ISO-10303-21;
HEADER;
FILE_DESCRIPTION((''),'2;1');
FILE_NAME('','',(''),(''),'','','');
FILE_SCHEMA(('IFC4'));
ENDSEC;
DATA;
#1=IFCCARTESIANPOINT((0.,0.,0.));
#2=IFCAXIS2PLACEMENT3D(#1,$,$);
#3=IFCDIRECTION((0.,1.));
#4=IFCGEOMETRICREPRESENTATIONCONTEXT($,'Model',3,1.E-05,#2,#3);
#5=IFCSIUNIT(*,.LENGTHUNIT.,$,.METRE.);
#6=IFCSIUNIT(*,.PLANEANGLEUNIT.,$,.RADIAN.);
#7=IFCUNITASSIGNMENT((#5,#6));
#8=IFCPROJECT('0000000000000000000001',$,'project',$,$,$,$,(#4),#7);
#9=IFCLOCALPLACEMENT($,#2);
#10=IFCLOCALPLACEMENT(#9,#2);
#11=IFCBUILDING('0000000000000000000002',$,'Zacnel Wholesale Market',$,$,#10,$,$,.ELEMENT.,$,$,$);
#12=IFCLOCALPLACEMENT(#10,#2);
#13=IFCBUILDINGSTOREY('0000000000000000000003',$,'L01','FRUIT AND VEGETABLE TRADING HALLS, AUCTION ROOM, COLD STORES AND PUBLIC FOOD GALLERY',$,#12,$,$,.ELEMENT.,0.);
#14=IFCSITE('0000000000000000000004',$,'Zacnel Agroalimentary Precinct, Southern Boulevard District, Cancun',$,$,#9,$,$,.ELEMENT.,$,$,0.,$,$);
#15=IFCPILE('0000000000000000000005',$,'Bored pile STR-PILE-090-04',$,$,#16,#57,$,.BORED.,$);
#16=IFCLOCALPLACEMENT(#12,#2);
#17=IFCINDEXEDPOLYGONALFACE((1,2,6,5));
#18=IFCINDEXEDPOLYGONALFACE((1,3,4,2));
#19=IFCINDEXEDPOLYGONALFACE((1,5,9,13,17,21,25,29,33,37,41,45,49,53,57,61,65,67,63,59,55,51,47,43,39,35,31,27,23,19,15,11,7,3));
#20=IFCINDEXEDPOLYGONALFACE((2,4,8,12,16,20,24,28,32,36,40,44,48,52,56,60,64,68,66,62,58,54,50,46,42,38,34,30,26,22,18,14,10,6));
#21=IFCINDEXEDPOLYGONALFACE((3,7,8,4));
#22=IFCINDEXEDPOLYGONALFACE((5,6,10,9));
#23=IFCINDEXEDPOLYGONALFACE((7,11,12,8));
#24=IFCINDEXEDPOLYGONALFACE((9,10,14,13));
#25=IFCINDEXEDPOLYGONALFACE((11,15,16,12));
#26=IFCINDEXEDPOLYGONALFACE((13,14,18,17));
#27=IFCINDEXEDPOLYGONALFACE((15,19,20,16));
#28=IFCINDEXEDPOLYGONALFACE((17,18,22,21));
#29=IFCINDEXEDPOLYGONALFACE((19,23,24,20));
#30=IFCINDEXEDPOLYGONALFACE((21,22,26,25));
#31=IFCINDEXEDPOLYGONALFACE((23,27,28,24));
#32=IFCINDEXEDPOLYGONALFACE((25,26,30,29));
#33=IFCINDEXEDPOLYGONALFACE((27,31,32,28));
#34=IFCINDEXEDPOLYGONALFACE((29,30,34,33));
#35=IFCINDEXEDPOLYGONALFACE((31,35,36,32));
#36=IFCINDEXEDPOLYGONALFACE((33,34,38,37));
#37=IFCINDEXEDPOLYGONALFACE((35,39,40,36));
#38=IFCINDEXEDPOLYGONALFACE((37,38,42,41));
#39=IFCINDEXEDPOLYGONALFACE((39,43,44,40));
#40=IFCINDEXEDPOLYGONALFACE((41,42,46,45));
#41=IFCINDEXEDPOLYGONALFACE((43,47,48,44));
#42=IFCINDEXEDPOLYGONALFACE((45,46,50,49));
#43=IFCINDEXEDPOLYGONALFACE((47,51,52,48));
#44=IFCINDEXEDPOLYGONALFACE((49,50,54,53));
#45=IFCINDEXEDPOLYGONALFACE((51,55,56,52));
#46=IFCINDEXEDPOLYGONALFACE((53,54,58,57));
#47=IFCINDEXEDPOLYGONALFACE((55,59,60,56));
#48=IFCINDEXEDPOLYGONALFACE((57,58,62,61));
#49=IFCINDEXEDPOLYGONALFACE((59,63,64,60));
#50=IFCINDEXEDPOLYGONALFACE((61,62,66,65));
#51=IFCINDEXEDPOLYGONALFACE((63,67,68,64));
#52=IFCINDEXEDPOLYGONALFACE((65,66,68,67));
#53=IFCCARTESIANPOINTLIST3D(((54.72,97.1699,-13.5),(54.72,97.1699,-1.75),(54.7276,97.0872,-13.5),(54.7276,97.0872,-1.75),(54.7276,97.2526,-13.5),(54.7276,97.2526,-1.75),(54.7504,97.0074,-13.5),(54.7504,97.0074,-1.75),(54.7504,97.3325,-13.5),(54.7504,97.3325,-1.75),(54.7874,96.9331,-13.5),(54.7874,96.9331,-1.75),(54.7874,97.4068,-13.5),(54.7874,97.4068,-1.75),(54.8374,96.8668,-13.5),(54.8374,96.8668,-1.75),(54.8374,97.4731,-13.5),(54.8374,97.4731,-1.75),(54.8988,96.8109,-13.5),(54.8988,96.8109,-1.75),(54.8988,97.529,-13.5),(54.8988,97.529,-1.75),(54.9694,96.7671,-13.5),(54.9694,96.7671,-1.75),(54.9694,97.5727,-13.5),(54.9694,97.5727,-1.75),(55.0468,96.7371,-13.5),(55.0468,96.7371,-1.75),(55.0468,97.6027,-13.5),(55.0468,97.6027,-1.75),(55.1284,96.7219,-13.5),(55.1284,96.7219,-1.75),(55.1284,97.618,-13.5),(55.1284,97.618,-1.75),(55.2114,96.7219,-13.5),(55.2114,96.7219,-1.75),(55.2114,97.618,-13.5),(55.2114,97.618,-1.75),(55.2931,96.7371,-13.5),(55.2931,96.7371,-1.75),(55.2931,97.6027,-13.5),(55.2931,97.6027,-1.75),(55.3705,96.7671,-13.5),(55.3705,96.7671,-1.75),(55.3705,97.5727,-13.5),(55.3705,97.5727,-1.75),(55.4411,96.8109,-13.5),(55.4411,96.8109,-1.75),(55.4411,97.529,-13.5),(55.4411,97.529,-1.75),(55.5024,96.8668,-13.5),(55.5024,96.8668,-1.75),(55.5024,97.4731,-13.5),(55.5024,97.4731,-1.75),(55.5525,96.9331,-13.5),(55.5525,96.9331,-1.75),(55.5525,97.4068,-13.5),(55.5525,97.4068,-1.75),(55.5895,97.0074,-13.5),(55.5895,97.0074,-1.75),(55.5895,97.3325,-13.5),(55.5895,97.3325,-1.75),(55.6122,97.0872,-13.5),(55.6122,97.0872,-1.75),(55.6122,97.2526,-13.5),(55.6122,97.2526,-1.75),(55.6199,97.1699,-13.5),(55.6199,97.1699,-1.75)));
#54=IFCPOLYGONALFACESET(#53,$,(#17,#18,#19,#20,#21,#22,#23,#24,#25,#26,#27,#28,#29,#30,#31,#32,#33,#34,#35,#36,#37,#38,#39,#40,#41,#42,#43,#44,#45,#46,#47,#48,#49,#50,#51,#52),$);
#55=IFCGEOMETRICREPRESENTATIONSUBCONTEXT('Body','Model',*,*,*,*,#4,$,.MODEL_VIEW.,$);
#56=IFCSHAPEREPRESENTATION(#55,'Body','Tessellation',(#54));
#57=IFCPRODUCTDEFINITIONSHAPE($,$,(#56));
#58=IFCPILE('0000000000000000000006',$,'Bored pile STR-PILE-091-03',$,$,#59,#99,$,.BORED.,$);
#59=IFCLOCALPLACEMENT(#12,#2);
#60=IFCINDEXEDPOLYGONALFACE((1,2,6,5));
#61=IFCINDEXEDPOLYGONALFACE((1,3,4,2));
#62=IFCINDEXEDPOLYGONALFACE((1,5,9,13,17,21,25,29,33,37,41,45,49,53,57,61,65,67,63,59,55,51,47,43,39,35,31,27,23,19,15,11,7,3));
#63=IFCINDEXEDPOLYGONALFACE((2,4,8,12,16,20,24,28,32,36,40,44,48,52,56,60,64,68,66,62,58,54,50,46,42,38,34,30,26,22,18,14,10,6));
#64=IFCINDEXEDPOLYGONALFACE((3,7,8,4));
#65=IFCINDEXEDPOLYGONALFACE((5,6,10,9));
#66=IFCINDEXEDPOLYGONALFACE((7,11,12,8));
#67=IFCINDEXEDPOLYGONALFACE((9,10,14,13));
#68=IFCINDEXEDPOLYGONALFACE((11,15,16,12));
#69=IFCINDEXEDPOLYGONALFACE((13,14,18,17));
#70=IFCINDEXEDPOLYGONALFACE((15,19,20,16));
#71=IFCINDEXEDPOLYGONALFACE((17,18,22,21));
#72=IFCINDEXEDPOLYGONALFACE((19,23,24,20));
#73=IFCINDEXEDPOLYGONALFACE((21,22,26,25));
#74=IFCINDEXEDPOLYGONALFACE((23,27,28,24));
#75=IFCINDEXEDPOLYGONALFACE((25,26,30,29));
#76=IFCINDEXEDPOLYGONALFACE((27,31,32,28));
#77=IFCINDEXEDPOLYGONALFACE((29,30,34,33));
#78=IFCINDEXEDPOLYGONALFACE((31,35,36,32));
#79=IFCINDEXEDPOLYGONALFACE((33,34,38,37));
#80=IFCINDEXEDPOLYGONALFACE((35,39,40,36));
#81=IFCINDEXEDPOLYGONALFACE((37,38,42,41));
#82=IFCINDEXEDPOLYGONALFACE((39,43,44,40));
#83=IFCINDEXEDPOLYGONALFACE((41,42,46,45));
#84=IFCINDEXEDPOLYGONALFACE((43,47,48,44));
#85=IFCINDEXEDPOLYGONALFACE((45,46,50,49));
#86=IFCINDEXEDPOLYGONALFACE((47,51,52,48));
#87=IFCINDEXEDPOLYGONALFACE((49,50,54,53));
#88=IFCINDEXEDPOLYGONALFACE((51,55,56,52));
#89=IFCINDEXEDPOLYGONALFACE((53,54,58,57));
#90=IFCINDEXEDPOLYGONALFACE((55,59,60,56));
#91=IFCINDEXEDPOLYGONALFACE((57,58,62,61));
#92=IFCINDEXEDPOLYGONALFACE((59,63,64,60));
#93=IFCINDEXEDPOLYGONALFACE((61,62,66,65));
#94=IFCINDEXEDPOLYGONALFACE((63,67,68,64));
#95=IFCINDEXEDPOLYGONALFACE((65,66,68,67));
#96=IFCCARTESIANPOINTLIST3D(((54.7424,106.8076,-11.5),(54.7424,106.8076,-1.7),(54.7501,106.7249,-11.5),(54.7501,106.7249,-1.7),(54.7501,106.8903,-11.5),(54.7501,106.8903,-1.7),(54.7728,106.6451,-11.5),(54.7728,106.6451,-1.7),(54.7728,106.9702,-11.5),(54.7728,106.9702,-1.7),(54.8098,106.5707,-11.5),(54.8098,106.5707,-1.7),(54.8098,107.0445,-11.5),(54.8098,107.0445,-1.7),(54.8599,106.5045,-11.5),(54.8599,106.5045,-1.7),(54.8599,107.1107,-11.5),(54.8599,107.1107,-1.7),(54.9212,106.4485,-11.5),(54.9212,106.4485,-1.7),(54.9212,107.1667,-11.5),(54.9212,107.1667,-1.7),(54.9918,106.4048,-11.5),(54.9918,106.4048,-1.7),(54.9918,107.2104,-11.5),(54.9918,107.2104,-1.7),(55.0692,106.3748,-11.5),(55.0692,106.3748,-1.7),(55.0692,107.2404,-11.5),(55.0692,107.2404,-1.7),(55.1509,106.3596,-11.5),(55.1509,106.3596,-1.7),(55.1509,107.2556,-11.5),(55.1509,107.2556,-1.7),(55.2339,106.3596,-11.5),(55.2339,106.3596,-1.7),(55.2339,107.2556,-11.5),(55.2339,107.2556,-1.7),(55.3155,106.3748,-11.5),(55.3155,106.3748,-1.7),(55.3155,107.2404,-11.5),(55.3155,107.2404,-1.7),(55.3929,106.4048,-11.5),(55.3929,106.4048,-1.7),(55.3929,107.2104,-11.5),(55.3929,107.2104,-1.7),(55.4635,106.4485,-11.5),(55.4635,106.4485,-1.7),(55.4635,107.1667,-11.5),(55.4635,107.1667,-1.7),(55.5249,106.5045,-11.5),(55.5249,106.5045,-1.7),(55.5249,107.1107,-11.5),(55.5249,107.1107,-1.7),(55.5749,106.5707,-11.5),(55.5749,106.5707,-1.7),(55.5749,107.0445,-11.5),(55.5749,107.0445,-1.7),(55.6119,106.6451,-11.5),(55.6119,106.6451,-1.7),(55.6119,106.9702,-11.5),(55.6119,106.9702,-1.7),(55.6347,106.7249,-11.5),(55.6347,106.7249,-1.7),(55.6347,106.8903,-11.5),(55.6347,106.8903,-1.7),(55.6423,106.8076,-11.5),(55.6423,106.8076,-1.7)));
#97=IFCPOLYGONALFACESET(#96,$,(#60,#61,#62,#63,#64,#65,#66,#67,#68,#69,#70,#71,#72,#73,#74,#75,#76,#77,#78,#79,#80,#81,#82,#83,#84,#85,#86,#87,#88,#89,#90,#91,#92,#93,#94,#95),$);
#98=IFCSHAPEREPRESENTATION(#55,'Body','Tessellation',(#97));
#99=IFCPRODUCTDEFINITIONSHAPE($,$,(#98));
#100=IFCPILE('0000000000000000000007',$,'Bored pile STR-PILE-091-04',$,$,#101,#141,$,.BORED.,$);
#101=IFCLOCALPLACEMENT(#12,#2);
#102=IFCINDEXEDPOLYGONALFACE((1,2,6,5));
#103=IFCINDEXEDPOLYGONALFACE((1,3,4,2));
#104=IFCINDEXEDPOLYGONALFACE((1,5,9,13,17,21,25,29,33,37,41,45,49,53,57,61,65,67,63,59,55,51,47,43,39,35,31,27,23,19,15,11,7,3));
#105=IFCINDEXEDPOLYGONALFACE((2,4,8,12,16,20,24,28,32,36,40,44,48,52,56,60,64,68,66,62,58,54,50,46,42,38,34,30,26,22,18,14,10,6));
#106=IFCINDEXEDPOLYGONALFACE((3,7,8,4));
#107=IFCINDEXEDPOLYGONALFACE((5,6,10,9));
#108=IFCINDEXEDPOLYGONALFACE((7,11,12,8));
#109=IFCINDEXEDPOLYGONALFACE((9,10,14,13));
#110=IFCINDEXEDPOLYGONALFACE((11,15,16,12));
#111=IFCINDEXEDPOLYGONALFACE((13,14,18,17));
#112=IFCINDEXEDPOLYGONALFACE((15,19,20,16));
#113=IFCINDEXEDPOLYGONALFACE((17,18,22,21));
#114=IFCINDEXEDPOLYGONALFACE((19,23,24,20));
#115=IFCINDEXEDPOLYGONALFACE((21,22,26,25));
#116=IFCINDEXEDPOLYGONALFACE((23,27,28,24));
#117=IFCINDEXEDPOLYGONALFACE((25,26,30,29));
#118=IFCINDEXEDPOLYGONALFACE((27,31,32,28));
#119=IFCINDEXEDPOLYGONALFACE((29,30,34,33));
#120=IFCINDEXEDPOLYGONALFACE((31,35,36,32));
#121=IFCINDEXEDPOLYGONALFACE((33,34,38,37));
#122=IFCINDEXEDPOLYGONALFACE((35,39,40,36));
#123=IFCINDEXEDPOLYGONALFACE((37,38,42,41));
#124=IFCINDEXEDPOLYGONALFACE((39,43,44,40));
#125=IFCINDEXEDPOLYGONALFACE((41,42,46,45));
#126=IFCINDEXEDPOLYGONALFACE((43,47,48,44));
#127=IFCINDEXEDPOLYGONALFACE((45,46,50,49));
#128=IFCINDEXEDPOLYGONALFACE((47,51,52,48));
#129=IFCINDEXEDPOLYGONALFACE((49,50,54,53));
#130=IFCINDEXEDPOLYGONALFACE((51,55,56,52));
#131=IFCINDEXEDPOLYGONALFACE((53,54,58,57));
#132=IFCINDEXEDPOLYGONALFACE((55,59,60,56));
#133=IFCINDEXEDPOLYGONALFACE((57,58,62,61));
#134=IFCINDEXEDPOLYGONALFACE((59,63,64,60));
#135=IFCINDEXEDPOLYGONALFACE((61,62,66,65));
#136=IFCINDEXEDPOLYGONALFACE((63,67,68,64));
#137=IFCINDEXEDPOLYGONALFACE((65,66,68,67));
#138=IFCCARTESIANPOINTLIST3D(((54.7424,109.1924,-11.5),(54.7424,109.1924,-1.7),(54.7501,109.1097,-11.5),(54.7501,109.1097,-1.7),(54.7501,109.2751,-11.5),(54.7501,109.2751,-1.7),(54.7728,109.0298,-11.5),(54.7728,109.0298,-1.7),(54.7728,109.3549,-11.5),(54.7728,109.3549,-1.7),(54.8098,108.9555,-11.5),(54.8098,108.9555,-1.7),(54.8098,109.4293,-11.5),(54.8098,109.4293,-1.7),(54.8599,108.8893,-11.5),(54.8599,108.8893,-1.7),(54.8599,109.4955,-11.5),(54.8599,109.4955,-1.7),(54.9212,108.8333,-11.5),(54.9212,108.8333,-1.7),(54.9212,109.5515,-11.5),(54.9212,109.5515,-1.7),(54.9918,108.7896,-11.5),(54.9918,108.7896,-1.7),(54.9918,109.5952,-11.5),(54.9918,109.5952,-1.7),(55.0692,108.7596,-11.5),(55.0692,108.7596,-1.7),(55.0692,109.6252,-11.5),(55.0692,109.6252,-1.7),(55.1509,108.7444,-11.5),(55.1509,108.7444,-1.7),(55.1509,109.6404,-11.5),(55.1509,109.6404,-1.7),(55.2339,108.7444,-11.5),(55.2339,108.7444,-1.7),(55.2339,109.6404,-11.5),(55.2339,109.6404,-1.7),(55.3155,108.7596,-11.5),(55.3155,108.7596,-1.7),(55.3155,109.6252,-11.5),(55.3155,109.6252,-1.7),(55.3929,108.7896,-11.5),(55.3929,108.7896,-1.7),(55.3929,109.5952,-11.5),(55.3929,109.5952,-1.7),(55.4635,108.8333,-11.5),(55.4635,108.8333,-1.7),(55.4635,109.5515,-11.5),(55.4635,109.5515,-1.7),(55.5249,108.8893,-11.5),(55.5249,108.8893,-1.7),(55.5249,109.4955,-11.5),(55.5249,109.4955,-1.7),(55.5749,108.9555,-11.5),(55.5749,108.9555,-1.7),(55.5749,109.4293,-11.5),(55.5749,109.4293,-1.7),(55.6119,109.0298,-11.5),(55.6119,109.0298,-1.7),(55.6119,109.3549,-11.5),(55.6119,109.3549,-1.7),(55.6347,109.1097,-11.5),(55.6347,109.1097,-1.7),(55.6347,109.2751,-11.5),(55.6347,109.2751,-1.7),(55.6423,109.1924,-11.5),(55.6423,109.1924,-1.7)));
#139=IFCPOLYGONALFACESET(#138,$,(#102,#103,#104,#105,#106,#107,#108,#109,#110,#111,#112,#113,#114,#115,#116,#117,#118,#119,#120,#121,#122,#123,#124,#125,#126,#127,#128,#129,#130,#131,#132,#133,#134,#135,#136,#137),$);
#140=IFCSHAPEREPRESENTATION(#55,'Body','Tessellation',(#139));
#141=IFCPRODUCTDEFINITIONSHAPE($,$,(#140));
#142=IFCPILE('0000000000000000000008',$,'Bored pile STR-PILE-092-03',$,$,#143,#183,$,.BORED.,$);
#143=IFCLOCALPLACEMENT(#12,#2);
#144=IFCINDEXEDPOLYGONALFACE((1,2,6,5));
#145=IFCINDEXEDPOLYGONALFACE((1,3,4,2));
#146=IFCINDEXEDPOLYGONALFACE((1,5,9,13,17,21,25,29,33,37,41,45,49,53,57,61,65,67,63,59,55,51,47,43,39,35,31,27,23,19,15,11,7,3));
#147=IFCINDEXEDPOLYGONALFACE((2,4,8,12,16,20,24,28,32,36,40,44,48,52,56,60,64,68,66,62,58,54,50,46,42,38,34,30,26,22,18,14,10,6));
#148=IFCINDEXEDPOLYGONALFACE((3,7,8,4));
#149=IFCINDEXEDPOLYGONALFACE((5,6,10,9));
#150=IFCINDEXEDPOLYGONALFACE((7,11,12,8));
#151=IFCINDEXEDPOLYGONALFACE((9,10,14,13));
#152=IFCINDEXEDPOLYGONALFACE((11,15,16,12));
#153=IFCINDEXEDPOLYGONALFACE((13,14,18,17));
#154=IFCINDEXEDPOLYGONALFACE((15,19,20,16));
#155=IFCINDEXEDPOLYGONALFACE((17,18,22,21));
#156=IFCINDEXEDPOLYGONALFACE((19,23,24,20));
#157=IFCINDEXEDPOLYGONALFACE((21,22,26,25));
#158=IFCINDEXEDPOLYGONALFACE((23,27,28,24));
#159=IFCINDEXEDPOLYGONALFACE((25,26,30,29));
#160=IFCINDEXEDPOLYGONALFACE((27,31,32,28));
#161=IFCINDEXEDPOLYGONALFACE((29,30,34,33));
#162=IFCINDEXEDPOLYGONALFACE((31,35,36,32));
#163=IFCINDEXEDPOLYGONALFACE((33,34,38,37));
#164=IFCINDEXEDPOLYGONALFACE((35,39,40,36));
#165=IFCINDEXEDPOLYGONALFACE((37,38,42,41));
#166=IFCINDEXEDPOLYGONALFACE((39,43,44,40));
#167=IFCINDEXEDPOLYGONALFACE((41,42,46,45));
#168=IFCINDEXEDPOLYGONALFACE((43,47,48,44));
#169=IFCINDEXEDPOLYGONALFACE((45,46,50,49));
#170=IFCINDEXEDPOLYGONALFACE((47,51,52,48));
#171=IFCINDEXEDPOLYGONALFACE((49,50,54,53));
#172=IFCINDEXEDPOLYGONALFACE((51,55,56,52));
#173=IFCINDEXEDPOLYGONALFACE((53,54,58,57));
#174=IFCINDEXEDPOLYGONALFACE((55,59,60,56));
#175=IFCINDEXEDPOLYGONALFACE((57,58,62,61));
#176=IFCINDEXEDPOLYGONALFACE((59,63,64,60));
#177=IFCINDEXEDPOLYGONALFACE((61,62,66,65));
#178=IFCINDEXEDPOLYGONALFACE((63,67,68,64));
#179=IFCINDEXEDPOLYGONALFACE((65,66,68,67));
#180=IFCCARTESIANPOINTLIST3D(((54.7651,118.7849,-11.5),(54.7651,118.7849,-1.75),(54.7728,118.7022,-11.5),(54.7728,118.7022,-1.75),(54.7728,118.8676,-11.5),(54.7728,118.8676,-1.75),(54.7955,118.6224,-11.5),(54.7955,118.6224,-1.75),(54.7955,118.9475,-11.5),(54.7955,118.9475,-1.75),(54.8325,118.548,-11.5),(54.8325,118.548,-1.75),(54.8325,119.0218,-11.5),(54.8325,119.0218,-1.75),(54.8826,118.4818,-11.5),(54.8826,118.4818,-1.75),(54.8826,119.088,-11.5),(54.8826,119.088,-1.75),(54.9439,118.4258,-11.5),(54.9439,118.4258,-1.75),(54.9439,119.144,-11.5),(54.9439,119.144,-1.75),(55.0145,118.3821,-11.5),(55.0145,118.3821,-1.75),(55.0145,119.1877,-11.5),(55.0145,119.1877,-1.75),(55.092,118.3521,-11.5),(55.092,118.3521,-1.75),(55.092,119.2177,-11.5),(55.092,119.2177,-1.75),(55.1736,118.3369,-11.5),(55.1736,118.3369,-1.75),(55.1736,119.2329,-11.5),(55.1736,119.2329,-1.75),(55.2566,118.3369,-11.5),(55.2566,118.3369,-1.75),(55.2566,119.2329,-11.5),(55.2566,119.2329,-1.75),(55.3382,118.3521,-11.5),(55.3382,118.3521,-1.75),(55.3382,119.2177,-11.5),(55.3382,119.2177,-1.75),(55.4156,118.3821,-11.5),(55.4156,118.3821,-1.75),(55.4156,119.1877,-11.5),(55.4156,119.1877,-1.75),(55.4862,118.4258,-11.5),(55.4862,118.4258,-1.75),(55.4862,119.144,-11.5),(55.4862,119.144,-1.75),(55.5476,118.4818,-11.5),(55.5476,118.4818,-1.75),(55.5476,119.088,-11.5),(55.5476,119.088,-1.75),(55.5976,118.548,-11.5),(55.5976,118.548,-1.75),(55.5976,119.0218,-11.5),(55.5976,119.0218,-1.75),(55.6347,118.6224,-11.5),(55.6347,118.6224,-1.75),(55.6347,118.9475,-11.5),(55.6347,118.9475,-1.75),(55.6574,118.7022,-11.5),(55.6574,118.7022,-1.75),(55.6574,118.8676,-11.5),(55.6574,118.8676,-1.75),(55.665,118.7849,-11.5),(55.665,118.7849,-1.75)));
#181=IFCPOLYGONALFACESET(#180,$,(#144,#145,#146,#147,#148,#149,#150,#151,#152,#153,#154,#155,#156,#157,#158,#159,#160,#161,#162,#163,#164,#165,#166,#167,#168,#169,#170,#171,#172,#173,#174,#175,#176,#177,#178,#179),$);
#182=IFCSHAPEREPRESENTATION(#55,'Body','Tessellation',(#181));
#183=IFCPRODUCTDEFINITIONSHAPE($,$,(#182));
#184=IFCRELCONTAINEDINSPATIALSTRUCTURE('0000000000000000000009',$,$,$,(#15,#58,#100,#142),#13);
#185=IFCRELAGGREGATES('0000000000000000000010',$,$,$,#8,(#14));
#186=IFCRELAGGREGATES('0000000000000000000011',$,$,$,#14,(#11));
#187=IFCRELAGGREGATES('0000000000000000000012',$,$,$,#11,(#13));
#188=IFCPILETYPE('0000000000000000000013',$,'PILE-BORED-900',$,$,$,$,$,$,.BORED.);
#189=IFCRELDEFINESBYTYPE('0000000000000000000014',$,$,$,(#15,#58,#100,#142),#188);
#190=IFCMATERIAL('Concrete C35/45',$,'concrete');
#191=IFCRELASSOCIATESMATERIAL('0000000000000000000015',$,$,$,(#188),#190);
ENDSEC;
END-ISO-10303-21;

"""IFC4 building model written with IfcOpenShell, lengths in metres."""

from ifc_helpers import new_model, si_unit, direction, frame, origin, origin_2d, place, context, subcontext, project, spatial, circle, extrude, material, material_profile, profile_set, type_object, element, save


model = new_model("IFC4")

# Units and contexts
model_context = context("Model", 3, precision=1e-05, world=origin(), true_north=direction((0.0, 1.0)))
body_context = subcontext(model_context, "Body", "Model", "MODEL_VIEW")
ifc_project = project(units=[si_unit("LENGTHUNIT", "METRE"), si_unit("PLANEANGLEUNIT", "RADIAN")], contexts=[model_context])

# Site, building, storey
site_placement = place(None, origin())
site = spatial("IfcSite", under=ifc_project, at=site_placement, Name="Zacnel Agroalimentary Precinct, Southern Boulevard District, Cancun", CompositionType="ELEMENT", RefElevation=0.0)
building_placement = place(site_placement, origin())
building = spatial("IfcBuilding", under=site, at=building_placement, Name="Zacnel Wholesale Market", CompositionType="ELEMENT")
storey_placement = place(building_placement, origin())
storey = spatial("IfcBuildingStorey", under=building, at=storey_placement, Name="L01", Description="FRUIT AND VEGETABLE TRADING HALLS, AUCTION ROOM, COLD STORES AND PUBLIC FOOD GALLERY", CompositionType="ELEMENT", Elevation=0.0)

# Piles
ifc_material_1 = material(Name="Concrete C35/45", Category="concrete")
ifc_material_profile_1 = material_profile(ifc_material_1, circle(Radius=0.45, at=origin_2d()), Name="BORED PILE D900")
ifc_profile_set_1 = profile_set([ifc_material_profile_1], Name="Concrete C35/45")
pile_type_1 = type_object("IfcPileType", Name="PILE-BORED-900", PredefinedType="BORED", material=ifc_profile_set_1)
pile_1_placement = place(storey_placement, frame((55.1699, 97.1699, -1.75), z_axis=(0.0, 0.0, -1.0), x_axis=(1.0, 0.0, 0.0)))
element("IfcPile", 1, at=pile_1_placement, inside=storey, type_object=pile_type_1, Name="Bored pile STR-PILE-090-04", PredefinedType="BORED", context=body_context, shape_type="SweptSolid", body=[
    extrude(circle(Radius=0.45, at=origin_2d()), origin(), (0.0, 0.0, 1.0), 11.75),
])
for number, where, z_axis, x_axis, name in (
    (2, (55.1924, 106.8076, -1.7), (0.0, 0.0, -1.0), (1.0, 0.0, 0.0), "Bored pile STR-PILE-091-03"),
    (3, (55.1924, 109.1924, -1.7), (0.0, 0.0, -1.0), (1.0, 0.0, 0.0), "Bored pile STR-PILE-091-04"),
):
    element("IfcPile", number, at=place(storey_placement, frame(where, z_axis=z_axis, x_axis=x_axis)), inside=storey, type_object=pile_type_1, Name=name, PredefinedType="BORED", context=body_context, shape_type="SweptSolid", body=[
        extrude(circle(Radius=0.45, at=origin_2d()), origin(), (0.0, 0.0, 1.0), 9.8),
    ])
pile_2_placement = place(storey_placement, frame((55.2151, 118.7849, -1.75), z_axis=(0.0, 0.0, -1.0), x_axis=(1.0, 0.0, 0.0)))
element("IfcPile", 4, at=pile_2_placement, inside=storey, type_object=pile_type_1, Name="Bored pile STR-PILE-092-03", PredefinedType="BORED", context=body_context, shape_type="SweptSolid", body=[
    extrude(circle(Radius=0.45, at=origin_2d()), origin(), (0.0, 0.0, 1.0), 9.75),
])

save(model, "model.ifc")
